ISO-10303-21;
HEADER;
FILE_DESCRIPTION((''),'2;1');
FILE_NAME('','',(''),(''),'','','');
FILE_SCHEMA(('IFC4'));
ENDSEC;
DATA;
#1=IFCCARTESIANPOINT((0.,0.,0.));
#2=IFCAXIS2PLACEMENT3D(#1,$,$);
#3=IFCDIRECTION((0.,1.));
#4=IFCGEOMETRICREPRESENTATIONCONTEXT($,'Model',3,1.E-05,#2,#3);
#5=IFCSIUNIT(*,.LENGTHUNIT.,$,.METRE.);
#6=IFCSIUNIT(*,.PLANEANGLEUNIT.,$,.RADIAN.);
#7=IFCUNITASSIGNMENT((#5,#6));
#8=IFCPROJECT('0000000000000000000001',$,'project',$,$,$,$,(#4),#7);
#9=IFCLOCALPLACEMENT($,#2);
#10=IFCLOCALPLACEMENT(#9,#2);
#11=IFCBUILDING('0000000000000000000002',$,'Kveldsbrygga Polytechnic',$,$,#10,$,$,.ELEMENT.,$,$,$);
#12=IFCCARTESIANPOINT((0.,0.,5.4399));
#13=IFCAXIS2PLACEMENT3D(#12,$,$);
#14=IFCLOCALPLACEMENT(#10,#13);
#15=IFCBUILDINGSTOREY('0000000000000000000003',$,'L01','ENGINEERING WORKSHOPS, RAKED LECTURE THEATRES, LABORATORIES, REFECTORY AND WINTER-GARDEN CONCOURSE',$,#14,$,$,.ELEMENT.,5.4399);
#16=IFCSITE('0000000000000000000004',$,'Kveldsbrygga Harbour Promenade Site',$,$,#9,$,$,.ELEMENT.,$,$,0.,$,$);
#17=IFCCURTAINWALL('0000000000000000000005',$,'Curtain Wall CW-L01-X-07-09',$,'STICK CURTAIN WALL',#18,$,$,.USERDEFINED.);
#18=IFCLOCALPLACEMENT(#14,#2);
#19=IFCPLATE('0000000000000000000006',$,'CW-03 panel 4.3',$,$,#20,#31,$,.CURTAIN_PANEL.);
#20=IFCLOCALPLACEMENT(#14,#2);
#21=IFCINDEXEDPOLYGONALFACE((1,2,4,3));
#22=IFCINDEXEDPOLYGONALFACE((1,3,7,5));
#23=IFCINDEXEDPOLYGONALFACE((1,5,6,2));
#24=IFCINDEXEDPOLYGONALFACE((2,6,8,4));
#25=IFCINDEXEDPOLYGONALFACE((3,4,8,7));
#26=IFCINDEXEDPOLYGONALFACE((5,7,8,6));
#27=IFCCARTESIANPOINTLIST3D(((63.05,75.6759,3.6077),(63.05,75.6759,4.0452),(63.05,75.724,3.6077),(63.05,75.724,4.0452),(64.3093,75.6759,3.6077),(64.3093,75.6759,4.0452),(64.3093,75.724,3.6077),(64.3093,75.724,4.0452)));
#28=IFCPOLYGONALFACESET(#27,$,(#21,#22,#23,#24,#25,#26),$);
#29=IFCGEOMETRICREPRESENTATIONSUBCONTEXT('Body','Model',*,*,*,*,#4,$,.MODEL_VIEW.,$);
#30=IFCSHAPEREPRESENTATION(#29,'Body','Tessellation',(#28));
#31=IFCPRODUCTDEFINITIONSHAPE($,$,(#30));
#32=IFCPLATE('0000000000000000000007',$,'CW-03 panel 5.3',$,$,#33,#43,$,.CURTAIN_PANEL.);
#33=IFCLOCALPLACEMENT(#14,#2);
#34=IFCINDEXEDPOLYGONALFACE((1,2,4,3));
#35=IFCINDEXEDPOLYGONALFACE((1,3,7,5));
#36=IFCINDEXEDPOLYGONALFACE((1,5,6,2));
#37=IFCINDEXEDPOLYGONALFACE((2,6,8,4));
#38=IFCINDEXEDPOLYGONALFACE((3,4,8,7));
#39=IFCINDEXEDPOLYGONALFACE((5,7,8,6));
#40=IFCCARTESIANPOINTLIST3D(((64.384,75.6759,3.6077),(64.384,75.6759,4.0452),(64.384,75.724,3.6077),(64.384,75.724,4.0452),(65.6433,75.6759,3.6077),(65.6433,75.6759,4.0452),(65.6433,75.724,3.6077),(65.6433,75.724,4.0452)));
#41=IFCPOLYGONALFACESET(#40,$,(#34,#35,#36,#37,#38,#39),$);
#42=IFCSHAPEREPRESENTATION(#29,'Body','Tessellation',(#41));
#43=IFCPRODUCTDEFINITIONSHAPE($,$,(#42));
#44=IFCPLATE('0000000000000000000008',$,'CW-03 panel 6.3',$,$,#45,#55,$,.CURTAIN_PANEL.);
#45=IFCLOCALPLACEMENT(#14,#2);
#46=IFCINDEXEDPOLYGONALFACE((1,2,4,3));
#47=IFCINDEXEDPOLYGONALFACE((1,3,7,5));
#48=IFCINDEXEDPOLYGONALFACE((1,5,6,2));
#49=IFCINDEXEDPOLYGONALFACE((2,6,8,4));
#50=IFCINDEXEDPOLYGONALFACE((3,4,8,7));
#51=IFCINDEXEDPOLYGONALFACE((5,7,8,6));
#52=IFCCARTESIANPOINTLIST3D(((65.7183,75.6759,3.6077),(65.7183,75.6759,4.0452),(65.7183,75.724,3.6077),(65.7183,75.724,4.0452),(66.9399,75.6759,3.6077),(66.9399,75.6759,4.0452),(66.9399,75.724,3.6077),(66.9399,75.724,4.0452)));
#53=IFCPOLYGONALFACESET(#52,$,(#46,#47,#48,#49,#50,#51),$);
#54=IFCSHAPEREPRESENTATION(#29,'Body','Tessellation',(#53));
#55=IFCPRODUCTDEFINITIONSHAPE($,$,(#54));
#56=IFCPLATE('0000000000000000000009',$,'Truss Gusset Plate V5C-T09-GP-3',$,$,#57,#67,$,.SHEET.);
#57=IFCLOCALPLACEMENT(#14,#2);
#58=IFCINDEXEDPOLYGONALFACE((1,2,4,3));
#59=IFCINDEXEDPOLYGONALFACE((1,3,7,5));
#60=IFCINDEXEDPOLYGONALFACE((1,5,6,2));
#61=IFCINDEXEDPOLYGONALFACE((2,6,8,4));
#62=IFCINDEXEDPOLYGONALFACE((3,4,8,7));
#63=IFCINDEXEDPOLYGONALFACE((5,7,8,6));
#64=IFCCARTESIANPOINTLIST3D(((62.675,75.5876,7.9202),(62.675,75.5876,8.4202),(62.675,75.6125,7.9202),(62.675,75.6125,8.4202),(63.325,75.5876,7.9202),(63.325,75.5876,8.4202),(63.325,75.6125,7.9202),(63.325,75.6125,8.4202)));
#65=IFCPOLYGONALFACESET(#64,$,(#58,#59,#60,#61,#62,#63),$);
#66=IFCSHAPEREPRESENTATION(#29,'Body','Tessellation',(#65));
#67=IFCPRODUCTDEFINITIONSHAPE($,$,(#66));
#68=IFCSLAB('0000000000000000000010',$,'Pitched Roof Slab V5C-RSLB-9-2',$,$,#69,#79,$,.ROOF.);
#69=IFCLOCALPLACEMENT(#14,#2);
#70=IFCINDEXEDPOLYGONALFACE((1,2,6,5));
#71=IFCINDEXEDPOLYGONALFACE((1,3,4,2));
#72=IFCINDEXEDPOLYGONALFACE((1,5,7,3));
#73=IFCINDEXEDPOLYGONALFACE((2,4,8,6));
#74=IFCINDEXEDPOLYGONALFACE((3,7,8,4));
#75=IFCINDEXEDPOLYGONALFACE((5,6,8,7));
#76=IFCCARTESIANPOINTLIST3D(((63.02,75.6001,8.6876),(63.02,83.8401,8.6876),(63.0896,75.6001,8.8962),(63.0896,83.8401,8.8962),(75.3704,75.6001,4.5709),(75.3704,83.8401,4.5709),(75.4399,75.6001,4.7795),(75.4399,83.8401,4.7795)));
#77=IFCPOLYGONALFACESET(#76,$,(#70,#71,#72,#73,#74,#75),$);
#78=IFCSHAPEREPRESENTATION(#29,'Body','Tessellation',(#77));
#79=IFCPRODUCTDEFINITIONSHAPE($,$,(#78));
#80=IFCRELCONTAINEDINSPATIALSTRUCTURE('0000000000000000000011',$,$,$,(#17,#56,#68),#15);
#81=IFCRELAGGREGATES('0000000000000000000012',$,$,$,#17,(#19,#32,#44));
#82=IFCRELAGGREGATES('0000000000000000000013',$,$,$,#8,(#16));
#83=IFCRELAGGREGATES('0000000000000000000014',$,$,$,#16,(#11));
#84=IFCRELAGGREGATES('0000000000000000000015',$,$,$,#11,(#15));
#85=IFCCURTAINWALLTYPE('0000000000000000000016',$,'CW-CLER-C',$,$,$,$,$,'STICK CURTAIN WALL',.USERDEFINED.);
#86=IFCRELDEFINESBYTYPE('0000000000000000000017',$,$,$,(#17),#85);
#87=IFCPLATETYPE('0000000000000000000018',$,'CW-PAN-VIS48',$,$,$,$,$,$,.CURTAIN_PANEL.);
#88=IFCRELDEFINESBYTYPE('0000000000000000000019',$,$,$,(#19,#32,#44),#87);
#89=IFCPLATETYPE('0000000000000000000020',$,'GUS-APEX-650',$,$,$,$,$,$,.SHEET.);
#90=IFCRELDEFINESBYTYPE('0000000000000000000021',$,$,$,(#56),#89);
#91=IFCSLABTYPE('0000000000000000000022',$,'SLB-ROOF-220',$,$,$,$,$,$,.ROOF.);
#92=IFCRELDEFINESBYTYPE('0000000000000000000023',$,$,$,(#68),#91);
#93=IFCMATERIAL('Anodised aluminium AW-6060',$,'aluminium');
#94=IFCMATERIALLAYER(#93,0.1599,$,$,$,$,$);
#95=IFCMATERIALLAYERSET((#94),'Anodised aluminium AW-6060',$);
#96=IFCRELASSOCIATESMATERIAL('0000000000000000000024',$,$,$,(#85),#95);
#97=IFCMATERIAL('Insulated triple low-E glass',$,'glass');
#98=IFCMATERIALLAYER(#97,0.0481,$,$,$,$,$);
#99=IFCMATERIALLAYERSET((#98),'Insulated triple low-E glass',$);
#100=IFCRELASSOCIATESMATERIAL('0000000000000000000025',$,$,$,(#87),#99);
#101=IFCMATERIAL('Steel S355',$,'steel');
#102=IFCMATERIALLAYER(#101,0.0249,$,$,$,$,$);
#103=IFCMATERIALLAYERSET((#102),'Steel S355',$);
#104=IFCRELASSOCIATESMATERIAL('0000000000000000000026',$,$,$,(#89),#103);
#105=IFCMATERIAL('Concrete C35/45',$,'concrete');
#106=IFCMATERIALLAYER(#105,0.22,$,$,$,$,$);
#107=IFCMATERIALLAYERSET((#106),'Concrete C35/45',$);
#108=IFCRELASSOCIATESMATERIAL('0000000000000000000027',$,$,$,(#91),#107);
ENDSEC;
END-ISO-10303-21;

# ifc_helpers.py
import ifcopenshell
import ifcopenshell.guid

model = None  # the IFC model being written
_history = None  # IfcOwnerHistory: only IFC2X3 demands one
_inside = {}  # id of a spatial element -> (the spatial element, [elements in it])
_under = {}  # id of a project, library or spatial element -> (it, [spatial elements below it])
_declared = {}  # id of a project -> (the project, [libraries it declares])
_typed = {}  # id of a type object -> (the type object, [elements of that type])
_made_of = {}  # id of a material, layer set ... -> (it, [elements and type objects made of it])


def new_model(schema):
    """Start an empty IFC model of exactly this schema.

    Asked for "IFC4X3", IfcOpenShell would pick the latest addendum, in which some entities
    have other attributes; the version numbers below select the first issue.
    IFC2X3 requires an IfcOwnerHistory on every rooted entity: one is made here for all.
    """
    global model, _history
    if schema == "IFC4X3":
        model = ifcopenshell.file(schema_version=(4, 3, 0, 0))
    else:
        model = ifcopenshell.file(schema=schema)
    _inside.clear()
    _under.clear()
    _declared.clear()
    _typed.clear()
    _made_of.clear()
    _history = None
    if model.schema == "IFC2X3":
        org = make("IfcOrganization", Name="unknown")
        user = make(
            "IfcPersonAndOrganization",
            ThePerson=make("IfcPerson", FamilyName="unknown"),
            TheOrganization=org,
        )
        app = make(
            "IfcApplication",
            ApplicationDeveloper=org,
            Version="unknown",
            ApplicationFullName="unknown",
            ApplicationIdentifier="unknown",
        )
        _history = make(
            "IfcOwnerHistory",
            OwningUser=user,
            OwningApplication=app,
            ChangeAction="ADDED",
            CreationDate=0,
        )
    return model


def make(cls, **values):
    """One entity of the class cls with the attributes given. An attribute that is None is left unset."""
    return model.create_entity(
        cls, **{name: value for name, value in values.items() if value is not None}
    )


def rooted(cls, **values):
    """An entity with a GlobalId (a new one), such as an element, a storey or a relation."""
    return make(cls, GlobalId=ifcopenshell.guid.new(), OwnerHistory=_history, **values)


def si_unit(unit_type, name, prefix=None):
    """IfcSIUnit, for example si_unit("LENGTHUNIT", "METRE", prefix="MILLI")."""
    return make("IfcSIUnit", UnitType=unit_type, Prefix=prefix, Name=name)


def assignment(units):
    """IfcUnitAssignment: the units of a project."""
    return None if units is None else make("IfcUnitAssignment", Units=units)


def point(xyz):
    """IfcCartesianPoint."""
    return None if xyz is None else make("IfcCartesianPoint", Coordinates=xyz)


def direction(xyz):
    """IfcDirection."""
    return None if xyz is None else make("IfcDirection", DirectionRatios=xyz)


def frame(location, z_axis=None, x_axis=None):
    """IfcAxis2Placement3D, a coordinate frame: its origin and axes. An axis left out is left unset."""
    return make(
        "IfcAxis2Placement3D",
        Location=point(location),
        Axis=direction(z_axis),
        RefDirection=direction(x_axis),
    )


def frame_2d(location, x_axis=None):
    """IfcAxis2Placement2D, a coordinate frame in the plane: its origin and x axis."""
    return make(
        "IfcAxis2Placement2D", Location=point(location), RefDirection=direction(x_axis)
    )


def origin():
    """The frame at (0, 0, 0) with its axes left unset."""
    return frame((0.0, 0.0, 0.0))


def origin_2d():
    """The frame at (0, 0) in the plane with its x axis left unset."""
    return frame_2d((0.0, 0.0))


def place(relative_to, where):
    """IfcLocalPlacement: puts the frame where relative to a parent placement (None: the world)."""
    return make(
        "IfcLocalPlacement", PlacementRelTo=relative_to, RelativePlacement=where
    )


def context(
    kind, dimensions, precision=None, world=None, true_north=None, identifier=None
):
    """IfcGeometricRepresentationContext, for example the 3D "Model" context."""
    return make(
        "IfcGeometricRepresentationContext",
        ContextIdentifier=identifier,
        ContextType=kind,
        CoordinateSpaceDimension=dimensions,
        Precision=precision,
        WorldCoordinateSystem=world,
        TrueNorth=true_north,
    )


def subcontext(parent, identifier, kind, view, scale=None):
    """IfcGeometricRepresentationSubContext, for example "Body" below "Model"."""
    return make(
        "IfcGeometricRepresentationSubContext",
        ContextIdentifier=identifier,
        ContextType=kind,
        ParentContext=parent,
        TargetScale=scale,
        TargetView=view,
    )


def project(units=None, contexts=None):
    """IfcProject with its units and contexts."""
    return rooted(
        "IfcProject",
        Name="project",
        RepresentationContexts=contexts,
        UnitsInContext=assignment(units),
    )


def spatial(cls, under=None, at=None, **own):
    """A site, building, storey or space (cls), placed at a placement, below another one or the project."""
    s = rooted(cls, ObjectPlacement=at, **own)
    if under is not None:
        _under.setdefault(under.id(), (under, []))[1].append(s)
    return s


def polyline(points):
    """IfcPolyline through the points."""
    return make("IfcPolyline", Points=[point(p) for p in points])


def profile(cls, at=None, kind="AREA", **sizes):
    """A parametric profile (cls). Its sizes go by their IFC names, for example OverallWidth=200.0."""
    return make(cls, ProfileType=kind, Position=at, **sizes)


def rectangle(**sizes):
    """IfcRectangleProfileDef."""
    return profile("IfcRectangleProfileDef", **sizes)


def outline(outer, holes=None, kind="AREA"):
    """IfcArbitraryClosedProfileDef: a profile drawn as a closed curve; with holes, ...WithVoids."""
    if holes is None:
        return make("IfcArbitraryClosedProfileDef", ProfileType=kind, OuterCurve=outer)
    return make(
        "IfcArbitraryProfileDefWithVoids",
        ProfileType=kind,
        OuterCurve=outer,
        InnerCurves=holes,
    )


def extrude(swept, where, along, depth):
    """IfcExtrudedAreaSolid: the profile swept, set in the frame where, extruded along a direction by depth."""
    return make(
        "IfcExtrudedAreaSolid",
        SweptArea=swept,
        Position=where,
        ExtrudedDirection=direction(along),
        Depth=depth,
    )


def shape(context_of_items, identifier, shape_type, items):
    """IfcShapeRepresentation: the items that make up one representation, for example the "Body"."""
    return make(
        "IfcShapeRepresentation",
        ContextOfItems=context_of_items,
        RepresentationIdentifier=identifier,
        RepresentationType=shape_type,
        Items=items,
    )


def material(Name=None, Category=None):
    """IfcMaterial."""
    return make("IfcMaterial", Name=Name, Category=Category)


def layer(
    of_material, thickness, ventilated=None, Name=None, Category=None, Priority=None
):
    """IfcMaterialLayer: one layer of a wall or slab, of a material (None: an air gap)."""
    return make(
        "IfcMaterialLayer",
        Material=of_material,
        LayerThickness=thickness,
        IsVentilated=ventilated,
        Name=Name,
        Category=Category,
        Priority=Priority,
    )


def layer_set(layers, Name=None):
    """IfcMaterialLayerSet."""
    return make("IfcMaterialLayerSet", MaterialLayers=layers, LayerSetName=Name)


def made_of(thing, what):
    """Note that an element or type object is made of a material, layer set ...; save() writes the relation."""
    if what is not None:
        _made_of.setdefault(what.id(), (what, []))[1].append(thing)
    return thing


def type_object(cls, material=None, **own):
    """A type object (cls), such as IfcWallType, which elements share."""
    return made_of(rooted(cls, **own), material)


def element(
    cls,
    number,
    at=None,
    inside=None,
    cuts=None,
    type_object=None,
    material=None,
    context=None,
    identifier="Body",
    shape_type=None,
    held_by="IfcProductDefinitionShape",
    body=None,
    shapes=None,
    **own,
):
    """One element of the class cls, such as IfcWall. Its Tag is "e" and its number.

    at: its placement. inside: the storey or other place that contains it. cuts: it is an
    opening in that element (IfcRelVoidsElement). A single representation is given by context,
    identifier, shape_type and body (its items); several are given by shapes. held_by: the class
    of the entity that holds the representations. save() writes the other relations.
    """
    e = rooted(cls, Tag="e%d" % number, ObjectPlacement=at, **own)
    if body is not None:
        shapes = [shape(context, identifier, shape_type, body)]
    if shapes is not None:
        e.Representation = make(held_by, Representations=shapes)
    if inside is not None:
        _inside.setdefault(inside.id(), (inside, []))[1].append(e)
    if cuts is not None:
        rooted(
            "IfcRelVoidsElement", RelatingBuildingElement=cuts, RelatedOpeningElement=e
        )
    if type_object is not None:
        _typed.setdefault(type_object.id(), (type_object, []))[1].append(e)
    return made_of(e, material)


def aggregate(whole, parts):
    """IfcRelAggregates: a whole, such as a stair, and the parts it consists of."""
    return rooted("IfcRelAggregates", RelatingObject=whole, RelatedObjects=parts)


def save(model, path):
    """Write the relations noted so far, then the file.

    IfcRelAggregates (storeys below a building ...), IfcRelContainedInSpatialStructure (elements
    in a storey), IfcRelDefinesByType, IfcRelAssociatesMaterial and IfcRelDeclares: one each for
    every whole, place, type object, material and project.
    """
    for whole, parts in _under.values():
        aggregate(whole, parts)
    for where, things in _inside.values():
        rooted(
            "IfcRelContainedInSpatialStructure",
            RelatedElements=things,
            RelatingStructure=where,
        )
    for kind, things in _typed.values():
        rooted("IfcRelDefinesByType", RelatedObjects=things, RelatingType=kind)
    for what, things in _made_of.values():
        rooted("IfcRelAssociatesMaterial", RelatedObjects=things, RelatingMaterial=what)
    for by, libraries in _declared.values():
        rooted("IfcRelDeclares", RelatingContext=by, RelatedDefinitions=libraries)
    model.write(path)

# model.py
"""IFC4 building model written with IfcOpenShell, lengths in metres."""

from ifc_helpers import new_model, si_unit, direction, frame, origin, origin_2d, place, context, subcontext, project, spatial, polyline, rectangle, outline, extrude, material, layer, layer_set, type_object, element, aggregate, save


model = new_model("IFC4")

# Units and contexts
model_context = context("Model", 3, precision=1e-05, world=origin(), true_north=direction((0.0, 1.0)))
body_context = subcontext(model_context, "Body", "Model", "MODEL_VIEW")
ifc_project = project(units=[si_unit("LENGTHUNIT", "METRE"), si_unit("PLANEANGLEUNIT", "RADIAN")], contexts=[model_context])

# Site, building, storey
site_placement = place(None, origin())
site = spatial("IfcSite", under=ifc_project, at=site_placement, Name="Kveldsbrygga Harbour Promenade Site", CompositionType="ELEMENT", RefElevation=0.0)
building_placement = place(site_placement, origin())
building = spatial("IfcBuilding", under=site, at=building_placement, Name="Kveldsbrygga Polytechnic", CompositionType="ELEMENT")
storey_placement = place(building_placement, frame((0.0, 0.0, 5.4399)))
storey = spatial("IfcBuildingStorey", under=building, at=storey_placement, Name="L01", Description="ENGINEERING WORKSHOPS, RAKED LECTURE THEATRES, LABORATORIES, REFECTORY AND WINTER-GARDEN CONCOURSE", CompositionType="ELEMENT", Elevation=5.4399)

# Curtain wall
ifc_material_1 = material(Name="Anodised aluminium AW-6060", Category="aluminium")
ifc_layer_1 = layer(ifc_material_1, 0.1599)
ifc_layer_set_1 = layer_set([ifc_layer_1], Name="Anodised aluminium AW-6060")
curtain_wall_type = type_object("IfcCurtainWallType", Name="CW-CLER-C", ElementType="STICK CURTAIN WALL", PredefinedType="USERDEFINED", material=ifc_layer_set_1)
curtain_wall_placement = place(storey_placement, origin())
curtain_wall = element("IfcCurtainWall", 1, at=curtain_wall_placement, inside=storey, type_object=curtain_wall_type, Name="Curtain Wall CW-L01-X-07-09", ObjectType="STICK CURTAIN WALL", PredefinedType="USERDEFINED")

# Shared definitions
ifc_material_2 = material(Name="Steel S355", Category="steel")

# Plates
ifc_material_3 = material(Name="Insulated triple low-E glass", Category="glass")
ifc_layer_2 = layer(ifc_material_3, 0.0481)
ifc_layer_set_2 = layer_set([ifc_layer_2], Name="Insulated triple low-E glass")
plate_type_1 = type_object("IfcPlateType", Name="CW-PAN-VIS48", PredefinedType="CURTAIN_PANEL", material=ifc_layer_set_2)
plate_1_placement = place(storey_placement, frame((63.6797, 75.7, 3.6077), z_axis=(0.0, 0.0, 1.0), x_axis=(1.0, 0.0, 0.0)))
plate_1 = element("IfcPlate", 2, at=plate_1_placement, type_object=plate_type_1, Name="CW-03 panel 4.3", PredefinedType="CURTAIN_PANEL", context=body_context, shape_type="SweptSolid", body=[
    extrude(rectangle(XDim=1.2593, YDim=0.0481, at=origin_2d()), origin(), (0.0, 0.0, 1.0), 0.4375),
])
plate_2_placement = place(storey_placement, frame((65.0137, 75.7, 3.6077), z_axis=(0.0, 0.0, 1.0), x_axis=(1.0, 0.0, 0.0)))
plate_2 = element("IfcPlate", 3, at=plate_2_placement, type_object=plate_type_1, Name="CW-03 panel 5.3", PredefinedType="CURTAIN_PANEL", context=body_context, shape_type="SweptSolid", body=[
    extrude(rectangle(XDim=1.2593, YDim=0.0481, at=origin_2d()), origin(), (0.0, 0.0, 1.0), 0.4375),
])
plate_3_placement = place(storey_placement, frame((66.3291, 75.7, 3.6077), z_axis=(0.0, 0.0, 1.0), x_axis=(1.0, 0.0, 0.0)))
plate_3 = element("IfcPlate", 4, at=plate_3_placement, type_object=plate_type_1, Name="CW-03 panel 6.3", PredefinedType="CURTAIN_PANEL", context=body_context, shape_type="SweptSolid", body=[
    extrude(rectangle(XDim=1.2217, YDim=0.0481, at=origin_2d()), origin(), (0.0, 0.0, 1.0), 0.4375),
])
aggregate(curtain_wall, [plate_1, plate_2, plate_3])
ifc_layer_3 = layer(ifc_material_2, 0.0249)
ifc_layer_set_3 = layer_set([ifc_layer_3], Name="Steel S355")
plate_type_2 = type_object("IfcPlateType", Name="GUS-APEX-650", PredefinedType="SHEET", material=ifc_layer_set_3)
plate_4_placement = place(storey_placement, frame((63.0, 75.6001, 7.9202), z_axis=(0.0, 0.0, 1.0), x_axis=(1.0, 0.0, 0.0)))
element("IfcPlate", 5, at=plate_4_placement, inside=storey, type_object=plate_type_2, Name="Truss Gusset Plate V5C-T09-GP-3", PredefinedType="SHEET", context=body_context, shape_type="SweptSolid", body=[
    extrude(rectangle(XDim=0.6499, YDim=0.0249, at=origin_2d()), origin(), (0.0, 0.0, 1.0), 0.5),
])

# Slab
ifc_material_4 = material(Name="Concrete C35/45", Category="concrete")
ifc_layer_4 = layer(ifc_material_4, 0.22)
ifc_layer_set_4 = layer_set([ifc_layer_4], Name="Concrete C35/45")
slab_type = type_object("IfcSlabType", Name="SLB-ROOF-220", PredefinedType="ROOF", material=ifc_layer_set_4)
slab_placement = place(storey_placement, frame((63.0896, 75.6001, 8.8962), z_axis=(0.316222, 0.0, 0.948685), x_axis=(0.948685, 0.0, -0.316222)))
element("IfcSlab", 6, at=slab_placement, inside=storey, type_object=slab_type, Name="Pitched Roof Slab V5C-RSLB-9-2", PredefinedType="ROOF", context=body_context, shape_type="SweptSolid", body=[
    extrude(outline(polyline([(0.0, 0.0), (13.0184, 0.0), (13.0184, 8.24), (0.0, 8.24), (0.0, 0.0)])), origin(), (0.0, 0.0, -1.0), 0.22),
])

save(model, "model.ifc")
